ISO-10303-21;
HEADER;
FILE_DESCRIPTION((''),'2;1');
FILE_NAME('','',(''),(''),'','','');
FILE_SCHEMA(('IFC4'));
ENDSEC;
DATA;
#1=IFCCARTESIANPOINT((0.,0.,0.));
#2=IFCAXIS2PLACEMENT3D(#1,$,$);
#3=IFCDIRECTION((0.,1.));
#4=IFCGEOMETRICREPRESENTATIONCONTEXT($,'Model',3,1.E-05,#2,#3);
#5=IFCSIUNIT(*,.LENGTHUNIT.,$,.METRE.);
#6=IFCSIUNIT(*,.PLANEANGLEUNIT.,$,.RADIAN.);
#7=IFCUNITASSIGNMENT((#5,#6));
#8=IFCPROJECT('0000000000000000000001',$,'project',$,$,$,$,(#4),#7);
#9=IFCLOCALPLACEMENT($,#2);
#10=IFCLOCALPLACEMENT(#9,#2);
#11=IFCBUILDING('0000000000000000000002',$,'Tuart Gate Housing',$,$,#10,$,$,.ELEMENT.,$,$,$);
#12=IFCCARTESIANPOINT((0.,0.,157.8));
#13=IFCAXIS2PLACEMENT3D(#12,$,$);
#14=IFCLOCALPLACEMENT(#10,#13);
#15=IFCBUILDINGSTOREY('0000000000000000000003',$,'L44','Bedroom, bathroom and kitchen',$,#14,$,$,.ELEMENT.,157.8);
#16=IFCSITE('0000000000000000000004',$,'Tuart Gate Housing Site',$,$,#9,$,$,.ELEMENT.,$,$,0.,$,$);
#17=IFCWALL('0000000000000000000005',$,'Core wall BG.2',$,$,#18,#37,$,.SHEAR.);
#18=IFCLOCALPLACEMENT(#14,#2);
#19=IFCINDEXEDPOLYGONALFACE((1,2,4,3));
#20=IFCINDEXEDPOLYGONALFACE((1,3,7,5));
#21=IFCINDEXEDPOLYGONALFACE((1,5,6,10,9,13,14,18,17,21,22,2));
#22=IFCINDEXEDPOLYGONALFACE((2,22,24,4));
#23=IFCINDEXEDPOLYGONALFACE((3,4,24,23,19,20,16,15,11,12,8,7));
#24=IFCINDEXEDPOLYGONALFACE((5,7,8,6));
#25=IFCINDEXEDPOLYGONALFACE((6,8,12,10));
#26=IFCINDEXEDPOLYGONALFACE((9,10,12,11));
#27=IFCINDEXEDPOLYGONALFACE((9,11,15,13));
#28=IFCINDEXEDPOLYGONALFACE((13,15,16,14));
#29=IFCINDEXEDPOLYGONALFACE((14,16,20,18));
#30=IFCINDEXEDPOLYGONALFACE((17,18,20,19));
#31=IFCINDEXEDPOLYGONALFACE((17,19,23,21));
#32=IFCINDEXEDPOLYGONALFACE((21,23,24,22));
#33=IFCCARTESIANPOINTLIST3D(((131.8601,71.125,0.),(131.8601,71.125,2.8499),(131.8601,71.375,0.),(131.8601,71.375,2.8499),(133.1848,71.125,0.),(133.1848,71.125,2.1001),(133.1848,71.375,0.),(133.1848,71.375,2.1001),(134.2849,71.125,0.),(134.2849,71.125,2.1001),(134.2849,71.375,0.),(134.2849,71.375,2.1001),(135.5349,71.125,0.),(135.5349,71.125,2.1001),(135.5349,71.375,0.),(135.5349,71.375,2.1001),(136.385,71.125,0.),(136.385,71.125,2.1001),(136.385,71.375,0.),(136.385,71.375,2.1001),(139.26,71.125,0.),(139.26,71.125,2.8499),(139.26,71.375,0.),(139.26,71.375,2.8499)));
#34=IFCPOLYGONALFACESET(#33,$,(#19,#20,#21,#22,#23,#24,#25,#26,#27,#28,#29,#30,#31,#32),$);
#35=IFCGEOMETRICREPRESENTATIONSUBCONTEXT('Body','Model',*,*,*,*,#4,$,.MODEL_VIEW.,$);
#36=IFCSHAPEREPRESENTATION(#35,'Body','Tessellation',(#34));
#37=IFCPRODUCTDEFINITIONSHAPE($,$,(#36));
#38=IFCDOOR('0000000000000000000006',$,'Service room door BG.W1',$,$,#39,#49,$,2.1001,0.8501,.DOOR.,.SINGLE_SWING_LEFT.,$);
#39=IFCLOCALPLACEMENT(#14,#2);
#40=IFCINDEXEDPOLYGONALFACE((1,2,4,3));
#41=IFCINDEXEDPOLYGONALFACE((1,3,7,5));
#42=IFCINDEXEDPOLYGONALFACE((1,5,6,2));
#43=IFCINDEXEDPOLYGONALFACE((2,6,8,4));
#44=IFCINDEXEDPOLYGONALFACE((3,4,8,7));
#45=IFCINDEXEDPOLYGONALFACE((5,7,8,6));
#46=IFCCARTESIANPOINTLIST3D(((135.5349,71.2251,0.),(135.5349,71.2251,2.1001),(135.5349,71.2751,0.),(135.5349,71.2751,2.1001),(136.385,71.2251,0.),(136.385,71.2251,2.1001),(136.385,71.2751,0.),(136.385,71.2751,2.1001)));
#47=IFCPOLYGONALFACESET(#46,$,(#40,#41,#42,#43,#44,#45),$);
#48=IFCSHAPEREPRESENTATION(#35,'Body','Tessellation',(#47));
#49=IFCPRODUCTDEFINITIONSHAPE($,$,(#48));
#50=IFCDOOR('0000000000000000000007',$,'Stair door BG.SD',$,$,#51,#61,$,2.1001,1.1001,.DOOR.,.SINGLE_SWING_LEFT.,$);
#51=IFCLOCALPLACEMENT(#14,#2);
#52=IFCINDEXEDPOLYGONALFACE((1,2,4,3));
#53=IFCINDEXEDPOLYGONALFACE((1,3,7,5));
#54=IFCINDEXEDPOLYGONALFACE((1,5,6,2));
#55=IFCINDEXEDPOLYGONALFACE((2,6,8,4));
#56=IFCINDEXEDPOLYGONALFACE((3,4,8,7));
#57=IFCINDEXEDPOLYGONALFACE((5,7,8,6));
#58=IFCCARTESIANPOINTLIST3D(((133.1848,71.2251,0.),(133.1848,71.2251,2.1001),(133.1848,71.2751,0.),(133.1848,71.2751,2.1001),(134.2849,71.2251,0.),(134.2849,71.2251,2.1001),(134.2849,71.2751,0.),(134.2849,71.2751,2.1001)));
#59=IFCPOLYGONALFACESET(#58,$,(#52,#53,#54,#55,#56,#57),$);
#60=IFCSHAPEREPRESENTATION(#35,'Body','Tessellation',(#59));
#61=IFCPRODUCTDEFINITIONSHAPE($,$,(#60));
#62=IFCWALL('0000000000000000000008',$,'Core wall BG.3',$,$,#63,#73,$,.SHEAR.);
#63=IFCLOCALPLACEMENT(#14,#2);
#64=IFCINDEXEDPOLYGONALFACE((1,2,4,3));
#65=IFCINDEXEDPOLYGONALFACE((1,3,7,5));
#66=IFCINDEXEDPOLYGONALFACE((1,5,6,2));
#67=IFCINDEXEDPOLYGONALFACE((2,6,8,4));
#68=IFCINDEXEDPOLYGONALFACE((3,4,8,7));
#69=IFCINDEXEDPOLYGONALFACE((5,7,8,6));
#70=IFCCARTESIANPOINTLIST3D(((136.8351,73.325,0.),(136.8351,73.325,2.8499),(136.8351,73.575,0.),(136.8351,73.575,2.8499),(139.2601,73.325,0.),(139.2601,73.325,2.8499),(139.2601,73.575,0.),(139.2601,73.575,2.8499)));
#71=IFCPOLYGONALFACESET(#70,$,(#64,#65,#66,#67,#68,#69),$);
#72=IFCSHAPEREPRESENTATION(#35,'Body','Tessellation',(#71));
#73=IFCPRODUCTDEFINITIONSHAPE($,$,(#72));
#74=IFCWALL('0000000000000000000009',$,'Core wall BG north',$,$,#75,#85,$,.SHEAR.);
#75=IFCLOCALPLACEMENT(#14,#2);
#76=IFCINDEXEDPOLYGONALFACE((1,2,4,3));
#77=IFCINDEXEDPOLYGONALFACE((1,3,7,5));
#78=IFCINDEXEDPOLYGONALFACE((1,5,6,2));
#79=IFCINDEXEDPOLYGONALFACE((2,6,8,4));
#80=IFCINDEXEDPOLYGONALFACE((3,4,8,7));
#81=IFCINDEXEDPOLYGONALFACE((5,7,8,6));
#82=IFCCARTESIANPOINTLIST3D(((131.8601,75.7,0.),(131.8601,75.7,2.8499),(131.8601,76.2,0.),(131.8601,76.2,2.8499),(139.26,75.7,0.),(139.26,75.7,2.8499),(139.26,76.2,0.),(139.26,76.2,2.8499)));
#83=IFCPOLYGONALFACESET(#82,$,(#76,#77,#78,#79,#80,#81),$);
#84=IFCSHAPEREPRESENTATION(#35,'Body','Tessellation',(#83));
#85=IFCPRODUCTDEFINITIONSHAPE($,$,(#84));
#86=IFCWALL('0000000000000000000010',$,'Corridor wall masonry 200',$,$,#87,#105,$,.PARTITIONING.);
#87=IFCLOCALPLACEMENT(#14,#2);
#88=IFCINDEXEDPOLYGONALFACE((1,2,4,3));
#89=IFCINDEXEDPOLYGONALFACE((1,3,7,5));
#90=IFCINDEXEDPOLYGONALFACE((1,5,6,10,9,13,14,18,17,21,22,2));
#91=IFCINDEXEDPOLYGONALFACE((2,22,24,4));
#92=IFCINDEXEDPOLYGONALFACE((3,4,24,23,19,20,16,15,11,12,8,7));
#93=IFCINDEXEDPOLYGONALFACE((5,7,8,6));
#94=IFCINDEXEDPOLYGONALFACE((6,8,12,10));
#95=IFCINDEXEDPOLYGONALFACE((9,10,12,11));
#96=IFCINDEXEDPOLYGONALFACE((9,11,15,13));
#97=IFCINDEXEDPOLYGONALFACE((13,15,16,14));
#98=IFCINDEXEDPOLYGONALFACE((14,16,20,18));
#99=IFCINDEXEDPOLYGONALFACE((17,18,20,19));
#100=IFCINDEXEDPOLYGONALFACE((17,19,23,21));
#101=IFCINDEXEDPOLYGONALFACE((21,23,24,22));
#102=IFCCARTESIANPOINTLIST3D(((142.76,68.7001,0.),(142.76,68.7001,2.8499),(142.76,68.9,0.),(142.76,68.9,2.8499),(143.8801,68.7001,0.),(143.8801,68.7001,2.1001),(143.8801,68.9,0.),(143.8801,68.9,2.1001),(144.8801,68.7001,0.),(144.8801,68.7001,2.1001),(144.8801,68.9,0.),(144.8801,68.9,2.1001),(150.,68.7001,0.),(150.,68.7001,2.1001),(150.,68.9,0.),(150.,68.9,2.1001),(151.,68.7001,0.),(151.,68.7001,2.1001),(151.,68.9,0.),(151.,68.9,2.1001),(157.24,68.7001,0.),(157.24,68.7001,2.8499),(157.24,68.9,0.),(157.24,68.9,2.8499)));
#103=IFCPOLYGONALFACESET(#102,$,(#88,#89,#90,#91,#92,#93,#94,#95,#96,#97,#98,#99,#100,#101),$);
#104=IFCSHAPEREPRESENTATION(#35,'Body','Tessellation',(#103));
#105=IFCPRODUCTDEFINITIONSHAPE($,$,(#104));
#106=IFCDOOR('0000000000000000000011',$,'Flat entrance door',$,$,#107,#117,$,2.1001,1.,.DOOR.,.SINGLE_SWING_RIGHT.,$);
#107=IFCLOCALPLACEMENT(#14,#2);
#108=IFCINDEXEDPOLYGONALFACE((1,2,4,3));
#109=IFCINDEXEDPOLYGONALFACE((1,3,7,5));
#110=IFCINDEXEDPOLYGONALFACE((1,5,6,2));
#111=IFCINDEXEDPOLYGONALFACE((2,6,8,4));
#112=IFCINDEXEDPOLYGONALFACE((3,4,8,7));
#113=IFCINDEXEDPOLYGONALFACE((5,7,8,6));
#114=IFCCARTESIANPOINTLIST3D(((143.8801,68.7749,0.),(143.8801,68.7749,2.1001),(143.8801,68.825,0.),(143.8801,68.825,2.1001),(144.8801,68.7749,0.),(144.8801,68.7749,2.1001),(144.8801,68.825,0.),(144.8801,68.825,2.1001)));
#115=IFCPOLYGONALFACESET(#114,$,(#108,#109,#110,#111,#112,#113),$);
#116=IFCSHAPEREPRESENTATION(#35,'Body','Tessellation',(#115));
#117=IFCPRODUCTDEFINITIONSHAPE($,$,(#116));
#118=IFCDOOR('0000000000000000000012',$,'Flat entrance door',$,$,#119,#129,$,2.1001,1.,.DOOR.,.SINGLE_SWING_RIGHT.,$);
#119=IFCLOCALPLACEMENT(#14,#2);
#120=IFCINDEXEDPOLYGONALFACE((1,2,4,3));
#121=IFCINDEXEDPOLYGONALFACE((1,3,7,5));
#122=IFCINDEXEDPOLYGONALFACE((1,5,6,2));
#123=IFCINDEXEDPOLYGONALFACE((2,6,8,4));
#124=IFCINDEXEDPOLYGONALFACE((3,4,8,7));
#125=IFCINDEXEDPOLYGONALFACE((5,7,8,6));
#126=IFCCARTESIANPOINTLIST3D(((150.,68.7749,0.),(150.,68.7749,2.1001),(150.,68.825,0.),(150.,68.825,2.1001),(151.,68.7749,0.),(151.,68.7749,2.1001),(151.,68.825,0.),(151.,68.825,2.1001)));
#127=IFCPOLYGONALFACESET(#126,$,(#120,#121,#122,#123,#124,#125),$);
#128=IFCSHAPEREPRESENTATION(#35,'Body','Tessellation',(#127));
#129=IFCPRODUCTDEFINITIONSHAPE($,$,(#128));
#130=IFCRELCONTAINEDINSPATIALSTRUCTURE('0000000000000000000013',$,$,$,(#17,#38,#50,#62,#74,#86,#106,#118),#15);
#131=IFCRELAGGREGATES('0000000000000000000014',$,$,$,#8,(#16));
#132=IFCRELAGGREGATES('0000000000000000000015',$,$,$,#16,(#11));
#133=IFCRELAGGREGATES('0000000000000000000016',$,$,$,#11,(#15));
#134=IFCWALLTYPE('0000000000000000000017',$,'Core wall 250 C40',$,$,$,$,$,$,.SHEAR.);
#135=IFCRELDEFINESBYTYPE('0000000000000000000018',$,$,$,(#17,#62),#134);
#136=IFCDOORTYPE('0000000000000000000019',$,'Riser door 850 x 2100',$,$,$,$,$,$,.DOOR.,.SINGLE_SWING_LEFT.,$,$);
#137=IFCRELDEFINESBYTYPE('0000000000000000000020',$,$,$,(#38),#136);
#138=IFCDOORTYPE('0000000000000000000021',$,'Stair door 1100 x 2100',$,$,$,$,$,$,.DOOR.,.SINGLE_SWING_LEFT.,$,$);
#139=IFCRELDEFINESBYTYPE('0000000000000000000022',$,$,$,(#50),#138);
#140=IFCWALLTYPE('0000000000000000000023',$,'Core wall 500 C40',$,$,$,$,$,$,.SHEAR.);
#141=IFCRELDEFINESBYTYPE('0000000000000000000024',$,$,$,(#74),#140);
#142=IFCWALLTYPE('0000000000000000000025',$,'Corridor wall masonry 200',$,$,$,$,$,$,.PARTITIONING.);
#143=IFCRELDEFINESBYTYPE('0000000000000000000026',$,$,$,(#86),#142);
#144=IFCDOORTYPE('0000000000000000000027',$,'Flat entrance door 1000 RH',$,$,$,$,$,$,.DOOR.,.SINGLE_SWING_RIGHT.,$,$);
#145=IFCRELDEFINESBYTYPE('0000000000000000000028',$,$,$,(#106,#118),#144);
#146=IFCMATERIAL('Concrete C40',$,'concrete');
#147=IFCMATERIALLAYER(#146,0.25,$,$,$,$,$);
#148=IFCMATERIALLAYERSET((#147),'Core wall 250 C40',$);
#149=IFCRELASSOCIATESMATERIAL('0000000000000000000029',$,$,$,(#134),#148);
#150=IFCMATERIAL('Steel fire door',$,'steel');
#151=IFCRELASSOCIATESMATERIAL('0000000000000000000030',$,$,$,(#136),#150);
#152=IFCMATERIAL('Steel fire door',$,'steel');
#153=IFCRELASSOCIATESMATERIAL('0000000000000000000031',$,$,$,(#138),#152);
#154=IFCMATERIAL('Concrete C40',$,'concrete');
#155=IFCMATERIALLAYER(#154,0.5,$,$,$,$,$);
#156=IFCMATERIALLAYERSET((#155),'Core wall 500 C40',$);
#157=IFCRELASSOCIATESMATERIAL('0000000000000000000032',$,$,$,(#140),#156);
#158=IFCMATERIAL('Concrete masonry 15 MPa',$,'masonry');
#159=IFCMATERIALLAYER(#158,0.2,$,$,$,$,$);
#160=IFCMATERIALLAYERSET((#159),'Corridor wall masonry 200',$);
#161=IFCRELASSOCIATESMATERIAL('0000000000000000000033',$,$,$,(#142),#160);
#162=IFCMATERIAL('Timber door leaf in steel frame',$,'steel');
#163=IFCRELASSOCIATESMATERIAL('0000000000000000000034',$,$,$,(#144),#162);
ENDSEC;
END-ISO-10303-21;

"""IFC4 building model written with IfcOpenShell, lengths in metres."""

from ifc_helpers import new_model, si_unit, direction, frame, frame_2d, origin, place, context, subcontext, project, spatial, rectangle, extrude, material, layer, layer_set, type_object, element, fill, save


model = new_model("IFC4")

# Units and contexts
model_context = context("Model", 3, precision=1e-05, world=origin(), true_north=direction((0.0, 1.0)))
body_context = subcontext(model_context, "Body", "Model", "MODEL_VIEW")
ifc_project = project(units=[si_unit("LENGTHUNIT", "METRE"), si_unit("PLANEANGLEUNIT", "RADIAN")], contexts=[model_context])

# Site, building, storey
site_placement = place(None, origin())
site = spatial("IfcSite", under=ifc_project, at=site_placement, Name="Tuart Gate Housing Site", CompositionType="ELEMENT", RefElevation=0.0)
building_placement = place(site_placement, origin())
building = spatial("IfcBuilding", under=site, at=building_placement, Name="Tuart Gate Housing", CompositionType="ELEMENT")
storey_placement = place(building_placement, frame((0.0, 0.0, 157.8)))
storey = spatial("IfcBuildingStorey", under=building, at=storey_placement, Name="L44", Description="Bedroom, bathroom and kitchen", CompositionType="ELEMENT", Elevation=157.8)

# Wall, openings, doors
ifc_material_1 = material(Name="Concrete C40", Category="concrete")
ifc_layer_1 = layer(ifc_material_1, 0.25)
ifc_layer_set_1 = layer_set([ifc_layer_1], Name="Core wall 250 C40")
wall_type_1 = type_object("IfcWallType", Name="Core wall 250 C40", PredefinedType="SHEAR", material=ifc_layer_set_1)
wall_1_placement = place(storey_placement, frame((139.26, 71.25, 0.0), z_axis=(0.0, 0.0, 1.0), x_axis=(-1.0, 0.0, 0.0)))
wall_1 = element("IfcWall", 1, at=wall_1_placement, inside=storey, type_object=wall_type_1, Name="Core wall BG.2", PredefinedType="SHEAR", context=body_context, shape_type="SweptSolid", body=[
    extrude(rectangle(XDim=7.3999, YDim=0.25, at=frame_2d((3.7, 0.0))), origin(), (0.0, 0.0, 1.0), 2.8499),
])
opening_1_placement = place(wall_1_placement, frame((4.9751, 0.0, 0.0)))
opening_1 = element("IfcOpeningElement", 2, at=opening_1_placement, cuts=wall_1, PredefinedType="OPENING", context=body_context, shape_type="SweptSolid", body=[
    extrude(rectangle(XDim=1.1001, YDim=2.1001, at=frame_2d((0.55, 1.05))), frame((0.0, 0.135, 0.0), z_axis=(0.0, -1.0, 0.0), x_axis=(1.0, 0.0, 0.0)), (0.0, 0.0, 1.0), 0.27),
])
opening_2_placement = place(wall_1_placement, frame((2.875, 0.0, 0.0)))
opening_2 = element("IfcOpeningElement", 3, at=opening_2_placement, cuts=wall_1, PredefinedType="OPENING", context=body_context, shape_type="SweptSolid", body=[
    extrude(rectangle(XDim=0.8501, YDim=2.1001, at=frame_2d((0.425, 1.05))), frame((0.0, 0.135, 0.0), z_axis=(0.0, -1.0, 0.0), x_axis=(1.0, 0.0, 0.0)), (0.0, 0.0, 1.0), 0.27),
])
ifc_material_2 = material(Name="Steel fire door", Category="steel")
door_type_1 = type_object("IfcDoorType", Name="Riser door 850 x 2100", OperationType="SINGLE_SWING_LEFT", PredefinedType="DOOR", material=ifc_material_2)
door_1_placement = place(opening_2_placement, origin())
door_1 = element("IfcDoor", 4, at=door_1_placement, inside=storey, type_object=door_type_1, Name="Service room door BG.W1", OperationType="SINGLE_SWING_LEFT", OverallHeight=2.1001, OverallWidth=0.8501, PredefinedType="DOOR", context=body_context, shape_type="SweptSolid", body=[
    extrude(rectangle(XDim=0.8501, YDim=2.1001, at=frame_2d((0.425, 1.05))), frame((0.0, 0.0249, 0.0), z_axis=(0.0, -1.0, 0.0), x_axis=(1.0, 0.0, 0.0)), (0.0, 0.0, 1.0), 0.05),
])
fill(opening_2, door_1)
ifc_material_3 = material(Name="Steel fire door", Category="steel")
door_type_2 = type_object("IfcDoorType", Name="Stair door 1100 x 2100", OperationType="SINGLE_SWING_LEFT", PredefinedType="DOOR", material=ifc_material_3)
door_2_placement = place(opening_1_placement, origin())
door_2 = element("IfcDoor", 5, at=door_2_placement, inside=storey, type_object=door_type_2, Name="Stair door BG.SD", OperationType="SINGLE_SWING_LEFT", OverallHeight=2.1001, OverallWidth=1.1001, PredefinedType="DOOR", context=body_context, shape_type="SweptSolid", body=[
    extrude(rectangle(XDim=1.1001, YDim=2.1001, at=frame_2d((0.55, 1.05))), frame((0.0, 0.0249, 0.0), z_axis=(0.0, -1.0, 0.0), x_axis=(1.0, 0.0, 0.0)), (0.0, 0.0, 1.0), 0.05),
])
fill(opening_1, door_2)

# Walls
wall_2_placement = place(storey_placement, frame((139.26, 73.45, 0.0), z_axis=(0.0, 0.0, 1.0), x_axis=(-1.0, 0.0, 0.0)))
element("IfcWall", 6, at=wall_2_placement, inside=storey, type_object=wall_type_1, Name="Core wall BG.3", PredefinedType="SHEAR", context=body_context, shape_type="SweptSolid", body=[
    extrude(rectangle(XDim=2.425, YDim=0.25, at=frame_2d((1.2124, 0.0))), origin(), (0.0, 0.0, 1.0), 2.8499),
])
ifc_material_4 = material(Name="Concrete C40", Category="concrete")
ifc_layer_2 = layer(ifc_material_4, 0.5)
ifc_layer_set_2 = layer_set([ifc_layer_2], Name="Core wall 500 C40")
wall_type_2 = type_object("IfcWallType", Name="Core wall 500 C40", PredefinedType="SHEAR", material=ifc_layer_set_2)
wall_3_placement = place(storey_placement, frame((139.26, 75.95, 0.0), z_axis=(0.0, 0.0, 1.0), x_axis=(-1.0, 0.0, 0.0)))
element("IfcWall", 7, at=wall_3_placement, inside=storey, type_object=wall_type_2, Name="Core wall BG north", PredefinedType="SHEAR", context=body_context, shape_type="SweptSolid", body=[
    extrude(rectangle(XDim=7.3999, YDim=0.5, at=frame_2d((3.7, 0.0))), origin(), (0.0, 0.0, 1.0), 2.8499),
])

# Wall, openings, doors
ifc_material_5 = material(Name="Concrete masonry 15 MPa", Category="masonry")
ifc_layer_3 = layer(ifc_material_5, 0.2)
ifc_layer_set_3 = layer_set([ifc_layer_3], Name="Corridor wall masonry 200")
wall_type_3 = type_object("IfcWallType", Name="Corridor wall masonry 200", PredefinedType="PARTITIONING", material=ifc_layer_set_3)
wall_4_placement = place(storey_placement, frame((142.76, 68.8, 0.0), z_axis=(0.0, 0.0, 1.0), x_axis=(1.0, 0.0, 0.0)))
wall_4 = element("IfcWall", 8, at=wall_4_placement, inside=storey, type_object=wall_type_3, Name="Corridor wall masonry 200", PredefinedType="PARTITIONING", context=body_context, shape_type="SweptSolid", body=[
    extrude(rectangle(XDim=14.48, YDim=0.2, at=frame_2d((7.24, 0.0))), origin(), (0.0, 0.0, 1.0), 2.8499),
])
opening_3_placement = place(wall_4_placement, frame((1.1201, 0.0, 0.0)))
opening_3 = element("IfcOpeningElement", 9, at=opening_3_placement, cuts=wall_4, PredefinedType="OPENING", context=body_context, shape_type="SweptSolid", body=[
    extrude(rectangle(XDim=1.0, YDim=2.1001, at=frame_2d((0.5, 1.05))), frame((0.0, 0.1099, 0.0), z_axis=(0.0, -1.0, 0.0), x_axis=(1.0, 0.0, 0.0)), (0.0, 0.0, 1.0), 0.22),
])
opening_4_placement = place(wall_4_placement, frame((7.24, 0.0, 0.0)))
opening_4 = element("IfcOpeningElement", 10, at=opening_4_placement, cuts=wall_4, PredefinedType="OPENING", context=body_context, shape_type="SweptSolid", body=[
    extrude(rectangle(XDim=1.0, YDim=2.1001, at=frame_2d((0.5, 1.05))), frame((0.0, 0.1099, 0.0), z_axis=(0.0, -1.0, 0.0), x_axis=(1.0, 0.0, 0.0)), (0.0, 0.0, 1.0), 0.22),
])
ifc_material_6 = material(Name="Timber door leaf in steel frame", Category="steel")
door_type_3 = type_object("IfcDoorType", Name="Flat entrance door 1000 RH", OperationType="SINGLE_SWING_RIGHT", PredefinedType="DOOR", material=ifc_material_6)
door_3_placement = place(opening_3_placement, frame((1.0, 0.0, 0.0), z_axis=(0.0, 0.0, 1.0), x_axis=(-1.0, 0.0, 0.0)))
door_3 = element("IfcDoor", 11, at=door_3_placement, inside=storey, type_object=door_type_3, Name="Flat entrance door", OperationType="SINGLE_SWING_RIGHT", OverallHeight=2.1001, OverallWidth=1.0, PredefinedType="DOOR", context=body_context, shape_type="SweptSolid", body=[
    extrude(rectangle(XDim=1.0, YDim=2.1001, at=frame_2d((0.5, 1.05))), frame((0.0, 0.0251, 0.0), z_axis=(0.0, -1.0, 0.0), x_axis=(1.0, 0.0, 0.0)), (0.0, 0.0, 1.0), 0.05),
])
fill(opening_3, door_3)
door_4_placement = place(opening_4_placement, frame((1.0, 0.0, 0.0), z_axis=(0.0, 0.0, 1.0), x_axis=(-1.0, 0.0, 0.0)))
door_4 = element("IfcDoor", 12, at=door_4_placement, inside=storey, type_object=door_type_3, Name="Flat entrance door", OperationType="SINGLE_SWING_RIGHT", OverallHeight=2.1001, OverallWidth=1.0, PredefinedType="DOOR", context=body_context, shape_type="SweptSolid", body=[
    extrude(rectangle(XDim=1.0, YDim=2.1001, at=frame_2d((0.5, 1.05))), frame((0.0, 0.0251, 0.0), z_axis=(0.0, -1.0, 0.0), x_axis=(1.0, 0.0, 0.0)), (0.0, 0.0, 1.0), 0.05),
])
fill(opening_4, door_4)

save(model, "model.ifc")
